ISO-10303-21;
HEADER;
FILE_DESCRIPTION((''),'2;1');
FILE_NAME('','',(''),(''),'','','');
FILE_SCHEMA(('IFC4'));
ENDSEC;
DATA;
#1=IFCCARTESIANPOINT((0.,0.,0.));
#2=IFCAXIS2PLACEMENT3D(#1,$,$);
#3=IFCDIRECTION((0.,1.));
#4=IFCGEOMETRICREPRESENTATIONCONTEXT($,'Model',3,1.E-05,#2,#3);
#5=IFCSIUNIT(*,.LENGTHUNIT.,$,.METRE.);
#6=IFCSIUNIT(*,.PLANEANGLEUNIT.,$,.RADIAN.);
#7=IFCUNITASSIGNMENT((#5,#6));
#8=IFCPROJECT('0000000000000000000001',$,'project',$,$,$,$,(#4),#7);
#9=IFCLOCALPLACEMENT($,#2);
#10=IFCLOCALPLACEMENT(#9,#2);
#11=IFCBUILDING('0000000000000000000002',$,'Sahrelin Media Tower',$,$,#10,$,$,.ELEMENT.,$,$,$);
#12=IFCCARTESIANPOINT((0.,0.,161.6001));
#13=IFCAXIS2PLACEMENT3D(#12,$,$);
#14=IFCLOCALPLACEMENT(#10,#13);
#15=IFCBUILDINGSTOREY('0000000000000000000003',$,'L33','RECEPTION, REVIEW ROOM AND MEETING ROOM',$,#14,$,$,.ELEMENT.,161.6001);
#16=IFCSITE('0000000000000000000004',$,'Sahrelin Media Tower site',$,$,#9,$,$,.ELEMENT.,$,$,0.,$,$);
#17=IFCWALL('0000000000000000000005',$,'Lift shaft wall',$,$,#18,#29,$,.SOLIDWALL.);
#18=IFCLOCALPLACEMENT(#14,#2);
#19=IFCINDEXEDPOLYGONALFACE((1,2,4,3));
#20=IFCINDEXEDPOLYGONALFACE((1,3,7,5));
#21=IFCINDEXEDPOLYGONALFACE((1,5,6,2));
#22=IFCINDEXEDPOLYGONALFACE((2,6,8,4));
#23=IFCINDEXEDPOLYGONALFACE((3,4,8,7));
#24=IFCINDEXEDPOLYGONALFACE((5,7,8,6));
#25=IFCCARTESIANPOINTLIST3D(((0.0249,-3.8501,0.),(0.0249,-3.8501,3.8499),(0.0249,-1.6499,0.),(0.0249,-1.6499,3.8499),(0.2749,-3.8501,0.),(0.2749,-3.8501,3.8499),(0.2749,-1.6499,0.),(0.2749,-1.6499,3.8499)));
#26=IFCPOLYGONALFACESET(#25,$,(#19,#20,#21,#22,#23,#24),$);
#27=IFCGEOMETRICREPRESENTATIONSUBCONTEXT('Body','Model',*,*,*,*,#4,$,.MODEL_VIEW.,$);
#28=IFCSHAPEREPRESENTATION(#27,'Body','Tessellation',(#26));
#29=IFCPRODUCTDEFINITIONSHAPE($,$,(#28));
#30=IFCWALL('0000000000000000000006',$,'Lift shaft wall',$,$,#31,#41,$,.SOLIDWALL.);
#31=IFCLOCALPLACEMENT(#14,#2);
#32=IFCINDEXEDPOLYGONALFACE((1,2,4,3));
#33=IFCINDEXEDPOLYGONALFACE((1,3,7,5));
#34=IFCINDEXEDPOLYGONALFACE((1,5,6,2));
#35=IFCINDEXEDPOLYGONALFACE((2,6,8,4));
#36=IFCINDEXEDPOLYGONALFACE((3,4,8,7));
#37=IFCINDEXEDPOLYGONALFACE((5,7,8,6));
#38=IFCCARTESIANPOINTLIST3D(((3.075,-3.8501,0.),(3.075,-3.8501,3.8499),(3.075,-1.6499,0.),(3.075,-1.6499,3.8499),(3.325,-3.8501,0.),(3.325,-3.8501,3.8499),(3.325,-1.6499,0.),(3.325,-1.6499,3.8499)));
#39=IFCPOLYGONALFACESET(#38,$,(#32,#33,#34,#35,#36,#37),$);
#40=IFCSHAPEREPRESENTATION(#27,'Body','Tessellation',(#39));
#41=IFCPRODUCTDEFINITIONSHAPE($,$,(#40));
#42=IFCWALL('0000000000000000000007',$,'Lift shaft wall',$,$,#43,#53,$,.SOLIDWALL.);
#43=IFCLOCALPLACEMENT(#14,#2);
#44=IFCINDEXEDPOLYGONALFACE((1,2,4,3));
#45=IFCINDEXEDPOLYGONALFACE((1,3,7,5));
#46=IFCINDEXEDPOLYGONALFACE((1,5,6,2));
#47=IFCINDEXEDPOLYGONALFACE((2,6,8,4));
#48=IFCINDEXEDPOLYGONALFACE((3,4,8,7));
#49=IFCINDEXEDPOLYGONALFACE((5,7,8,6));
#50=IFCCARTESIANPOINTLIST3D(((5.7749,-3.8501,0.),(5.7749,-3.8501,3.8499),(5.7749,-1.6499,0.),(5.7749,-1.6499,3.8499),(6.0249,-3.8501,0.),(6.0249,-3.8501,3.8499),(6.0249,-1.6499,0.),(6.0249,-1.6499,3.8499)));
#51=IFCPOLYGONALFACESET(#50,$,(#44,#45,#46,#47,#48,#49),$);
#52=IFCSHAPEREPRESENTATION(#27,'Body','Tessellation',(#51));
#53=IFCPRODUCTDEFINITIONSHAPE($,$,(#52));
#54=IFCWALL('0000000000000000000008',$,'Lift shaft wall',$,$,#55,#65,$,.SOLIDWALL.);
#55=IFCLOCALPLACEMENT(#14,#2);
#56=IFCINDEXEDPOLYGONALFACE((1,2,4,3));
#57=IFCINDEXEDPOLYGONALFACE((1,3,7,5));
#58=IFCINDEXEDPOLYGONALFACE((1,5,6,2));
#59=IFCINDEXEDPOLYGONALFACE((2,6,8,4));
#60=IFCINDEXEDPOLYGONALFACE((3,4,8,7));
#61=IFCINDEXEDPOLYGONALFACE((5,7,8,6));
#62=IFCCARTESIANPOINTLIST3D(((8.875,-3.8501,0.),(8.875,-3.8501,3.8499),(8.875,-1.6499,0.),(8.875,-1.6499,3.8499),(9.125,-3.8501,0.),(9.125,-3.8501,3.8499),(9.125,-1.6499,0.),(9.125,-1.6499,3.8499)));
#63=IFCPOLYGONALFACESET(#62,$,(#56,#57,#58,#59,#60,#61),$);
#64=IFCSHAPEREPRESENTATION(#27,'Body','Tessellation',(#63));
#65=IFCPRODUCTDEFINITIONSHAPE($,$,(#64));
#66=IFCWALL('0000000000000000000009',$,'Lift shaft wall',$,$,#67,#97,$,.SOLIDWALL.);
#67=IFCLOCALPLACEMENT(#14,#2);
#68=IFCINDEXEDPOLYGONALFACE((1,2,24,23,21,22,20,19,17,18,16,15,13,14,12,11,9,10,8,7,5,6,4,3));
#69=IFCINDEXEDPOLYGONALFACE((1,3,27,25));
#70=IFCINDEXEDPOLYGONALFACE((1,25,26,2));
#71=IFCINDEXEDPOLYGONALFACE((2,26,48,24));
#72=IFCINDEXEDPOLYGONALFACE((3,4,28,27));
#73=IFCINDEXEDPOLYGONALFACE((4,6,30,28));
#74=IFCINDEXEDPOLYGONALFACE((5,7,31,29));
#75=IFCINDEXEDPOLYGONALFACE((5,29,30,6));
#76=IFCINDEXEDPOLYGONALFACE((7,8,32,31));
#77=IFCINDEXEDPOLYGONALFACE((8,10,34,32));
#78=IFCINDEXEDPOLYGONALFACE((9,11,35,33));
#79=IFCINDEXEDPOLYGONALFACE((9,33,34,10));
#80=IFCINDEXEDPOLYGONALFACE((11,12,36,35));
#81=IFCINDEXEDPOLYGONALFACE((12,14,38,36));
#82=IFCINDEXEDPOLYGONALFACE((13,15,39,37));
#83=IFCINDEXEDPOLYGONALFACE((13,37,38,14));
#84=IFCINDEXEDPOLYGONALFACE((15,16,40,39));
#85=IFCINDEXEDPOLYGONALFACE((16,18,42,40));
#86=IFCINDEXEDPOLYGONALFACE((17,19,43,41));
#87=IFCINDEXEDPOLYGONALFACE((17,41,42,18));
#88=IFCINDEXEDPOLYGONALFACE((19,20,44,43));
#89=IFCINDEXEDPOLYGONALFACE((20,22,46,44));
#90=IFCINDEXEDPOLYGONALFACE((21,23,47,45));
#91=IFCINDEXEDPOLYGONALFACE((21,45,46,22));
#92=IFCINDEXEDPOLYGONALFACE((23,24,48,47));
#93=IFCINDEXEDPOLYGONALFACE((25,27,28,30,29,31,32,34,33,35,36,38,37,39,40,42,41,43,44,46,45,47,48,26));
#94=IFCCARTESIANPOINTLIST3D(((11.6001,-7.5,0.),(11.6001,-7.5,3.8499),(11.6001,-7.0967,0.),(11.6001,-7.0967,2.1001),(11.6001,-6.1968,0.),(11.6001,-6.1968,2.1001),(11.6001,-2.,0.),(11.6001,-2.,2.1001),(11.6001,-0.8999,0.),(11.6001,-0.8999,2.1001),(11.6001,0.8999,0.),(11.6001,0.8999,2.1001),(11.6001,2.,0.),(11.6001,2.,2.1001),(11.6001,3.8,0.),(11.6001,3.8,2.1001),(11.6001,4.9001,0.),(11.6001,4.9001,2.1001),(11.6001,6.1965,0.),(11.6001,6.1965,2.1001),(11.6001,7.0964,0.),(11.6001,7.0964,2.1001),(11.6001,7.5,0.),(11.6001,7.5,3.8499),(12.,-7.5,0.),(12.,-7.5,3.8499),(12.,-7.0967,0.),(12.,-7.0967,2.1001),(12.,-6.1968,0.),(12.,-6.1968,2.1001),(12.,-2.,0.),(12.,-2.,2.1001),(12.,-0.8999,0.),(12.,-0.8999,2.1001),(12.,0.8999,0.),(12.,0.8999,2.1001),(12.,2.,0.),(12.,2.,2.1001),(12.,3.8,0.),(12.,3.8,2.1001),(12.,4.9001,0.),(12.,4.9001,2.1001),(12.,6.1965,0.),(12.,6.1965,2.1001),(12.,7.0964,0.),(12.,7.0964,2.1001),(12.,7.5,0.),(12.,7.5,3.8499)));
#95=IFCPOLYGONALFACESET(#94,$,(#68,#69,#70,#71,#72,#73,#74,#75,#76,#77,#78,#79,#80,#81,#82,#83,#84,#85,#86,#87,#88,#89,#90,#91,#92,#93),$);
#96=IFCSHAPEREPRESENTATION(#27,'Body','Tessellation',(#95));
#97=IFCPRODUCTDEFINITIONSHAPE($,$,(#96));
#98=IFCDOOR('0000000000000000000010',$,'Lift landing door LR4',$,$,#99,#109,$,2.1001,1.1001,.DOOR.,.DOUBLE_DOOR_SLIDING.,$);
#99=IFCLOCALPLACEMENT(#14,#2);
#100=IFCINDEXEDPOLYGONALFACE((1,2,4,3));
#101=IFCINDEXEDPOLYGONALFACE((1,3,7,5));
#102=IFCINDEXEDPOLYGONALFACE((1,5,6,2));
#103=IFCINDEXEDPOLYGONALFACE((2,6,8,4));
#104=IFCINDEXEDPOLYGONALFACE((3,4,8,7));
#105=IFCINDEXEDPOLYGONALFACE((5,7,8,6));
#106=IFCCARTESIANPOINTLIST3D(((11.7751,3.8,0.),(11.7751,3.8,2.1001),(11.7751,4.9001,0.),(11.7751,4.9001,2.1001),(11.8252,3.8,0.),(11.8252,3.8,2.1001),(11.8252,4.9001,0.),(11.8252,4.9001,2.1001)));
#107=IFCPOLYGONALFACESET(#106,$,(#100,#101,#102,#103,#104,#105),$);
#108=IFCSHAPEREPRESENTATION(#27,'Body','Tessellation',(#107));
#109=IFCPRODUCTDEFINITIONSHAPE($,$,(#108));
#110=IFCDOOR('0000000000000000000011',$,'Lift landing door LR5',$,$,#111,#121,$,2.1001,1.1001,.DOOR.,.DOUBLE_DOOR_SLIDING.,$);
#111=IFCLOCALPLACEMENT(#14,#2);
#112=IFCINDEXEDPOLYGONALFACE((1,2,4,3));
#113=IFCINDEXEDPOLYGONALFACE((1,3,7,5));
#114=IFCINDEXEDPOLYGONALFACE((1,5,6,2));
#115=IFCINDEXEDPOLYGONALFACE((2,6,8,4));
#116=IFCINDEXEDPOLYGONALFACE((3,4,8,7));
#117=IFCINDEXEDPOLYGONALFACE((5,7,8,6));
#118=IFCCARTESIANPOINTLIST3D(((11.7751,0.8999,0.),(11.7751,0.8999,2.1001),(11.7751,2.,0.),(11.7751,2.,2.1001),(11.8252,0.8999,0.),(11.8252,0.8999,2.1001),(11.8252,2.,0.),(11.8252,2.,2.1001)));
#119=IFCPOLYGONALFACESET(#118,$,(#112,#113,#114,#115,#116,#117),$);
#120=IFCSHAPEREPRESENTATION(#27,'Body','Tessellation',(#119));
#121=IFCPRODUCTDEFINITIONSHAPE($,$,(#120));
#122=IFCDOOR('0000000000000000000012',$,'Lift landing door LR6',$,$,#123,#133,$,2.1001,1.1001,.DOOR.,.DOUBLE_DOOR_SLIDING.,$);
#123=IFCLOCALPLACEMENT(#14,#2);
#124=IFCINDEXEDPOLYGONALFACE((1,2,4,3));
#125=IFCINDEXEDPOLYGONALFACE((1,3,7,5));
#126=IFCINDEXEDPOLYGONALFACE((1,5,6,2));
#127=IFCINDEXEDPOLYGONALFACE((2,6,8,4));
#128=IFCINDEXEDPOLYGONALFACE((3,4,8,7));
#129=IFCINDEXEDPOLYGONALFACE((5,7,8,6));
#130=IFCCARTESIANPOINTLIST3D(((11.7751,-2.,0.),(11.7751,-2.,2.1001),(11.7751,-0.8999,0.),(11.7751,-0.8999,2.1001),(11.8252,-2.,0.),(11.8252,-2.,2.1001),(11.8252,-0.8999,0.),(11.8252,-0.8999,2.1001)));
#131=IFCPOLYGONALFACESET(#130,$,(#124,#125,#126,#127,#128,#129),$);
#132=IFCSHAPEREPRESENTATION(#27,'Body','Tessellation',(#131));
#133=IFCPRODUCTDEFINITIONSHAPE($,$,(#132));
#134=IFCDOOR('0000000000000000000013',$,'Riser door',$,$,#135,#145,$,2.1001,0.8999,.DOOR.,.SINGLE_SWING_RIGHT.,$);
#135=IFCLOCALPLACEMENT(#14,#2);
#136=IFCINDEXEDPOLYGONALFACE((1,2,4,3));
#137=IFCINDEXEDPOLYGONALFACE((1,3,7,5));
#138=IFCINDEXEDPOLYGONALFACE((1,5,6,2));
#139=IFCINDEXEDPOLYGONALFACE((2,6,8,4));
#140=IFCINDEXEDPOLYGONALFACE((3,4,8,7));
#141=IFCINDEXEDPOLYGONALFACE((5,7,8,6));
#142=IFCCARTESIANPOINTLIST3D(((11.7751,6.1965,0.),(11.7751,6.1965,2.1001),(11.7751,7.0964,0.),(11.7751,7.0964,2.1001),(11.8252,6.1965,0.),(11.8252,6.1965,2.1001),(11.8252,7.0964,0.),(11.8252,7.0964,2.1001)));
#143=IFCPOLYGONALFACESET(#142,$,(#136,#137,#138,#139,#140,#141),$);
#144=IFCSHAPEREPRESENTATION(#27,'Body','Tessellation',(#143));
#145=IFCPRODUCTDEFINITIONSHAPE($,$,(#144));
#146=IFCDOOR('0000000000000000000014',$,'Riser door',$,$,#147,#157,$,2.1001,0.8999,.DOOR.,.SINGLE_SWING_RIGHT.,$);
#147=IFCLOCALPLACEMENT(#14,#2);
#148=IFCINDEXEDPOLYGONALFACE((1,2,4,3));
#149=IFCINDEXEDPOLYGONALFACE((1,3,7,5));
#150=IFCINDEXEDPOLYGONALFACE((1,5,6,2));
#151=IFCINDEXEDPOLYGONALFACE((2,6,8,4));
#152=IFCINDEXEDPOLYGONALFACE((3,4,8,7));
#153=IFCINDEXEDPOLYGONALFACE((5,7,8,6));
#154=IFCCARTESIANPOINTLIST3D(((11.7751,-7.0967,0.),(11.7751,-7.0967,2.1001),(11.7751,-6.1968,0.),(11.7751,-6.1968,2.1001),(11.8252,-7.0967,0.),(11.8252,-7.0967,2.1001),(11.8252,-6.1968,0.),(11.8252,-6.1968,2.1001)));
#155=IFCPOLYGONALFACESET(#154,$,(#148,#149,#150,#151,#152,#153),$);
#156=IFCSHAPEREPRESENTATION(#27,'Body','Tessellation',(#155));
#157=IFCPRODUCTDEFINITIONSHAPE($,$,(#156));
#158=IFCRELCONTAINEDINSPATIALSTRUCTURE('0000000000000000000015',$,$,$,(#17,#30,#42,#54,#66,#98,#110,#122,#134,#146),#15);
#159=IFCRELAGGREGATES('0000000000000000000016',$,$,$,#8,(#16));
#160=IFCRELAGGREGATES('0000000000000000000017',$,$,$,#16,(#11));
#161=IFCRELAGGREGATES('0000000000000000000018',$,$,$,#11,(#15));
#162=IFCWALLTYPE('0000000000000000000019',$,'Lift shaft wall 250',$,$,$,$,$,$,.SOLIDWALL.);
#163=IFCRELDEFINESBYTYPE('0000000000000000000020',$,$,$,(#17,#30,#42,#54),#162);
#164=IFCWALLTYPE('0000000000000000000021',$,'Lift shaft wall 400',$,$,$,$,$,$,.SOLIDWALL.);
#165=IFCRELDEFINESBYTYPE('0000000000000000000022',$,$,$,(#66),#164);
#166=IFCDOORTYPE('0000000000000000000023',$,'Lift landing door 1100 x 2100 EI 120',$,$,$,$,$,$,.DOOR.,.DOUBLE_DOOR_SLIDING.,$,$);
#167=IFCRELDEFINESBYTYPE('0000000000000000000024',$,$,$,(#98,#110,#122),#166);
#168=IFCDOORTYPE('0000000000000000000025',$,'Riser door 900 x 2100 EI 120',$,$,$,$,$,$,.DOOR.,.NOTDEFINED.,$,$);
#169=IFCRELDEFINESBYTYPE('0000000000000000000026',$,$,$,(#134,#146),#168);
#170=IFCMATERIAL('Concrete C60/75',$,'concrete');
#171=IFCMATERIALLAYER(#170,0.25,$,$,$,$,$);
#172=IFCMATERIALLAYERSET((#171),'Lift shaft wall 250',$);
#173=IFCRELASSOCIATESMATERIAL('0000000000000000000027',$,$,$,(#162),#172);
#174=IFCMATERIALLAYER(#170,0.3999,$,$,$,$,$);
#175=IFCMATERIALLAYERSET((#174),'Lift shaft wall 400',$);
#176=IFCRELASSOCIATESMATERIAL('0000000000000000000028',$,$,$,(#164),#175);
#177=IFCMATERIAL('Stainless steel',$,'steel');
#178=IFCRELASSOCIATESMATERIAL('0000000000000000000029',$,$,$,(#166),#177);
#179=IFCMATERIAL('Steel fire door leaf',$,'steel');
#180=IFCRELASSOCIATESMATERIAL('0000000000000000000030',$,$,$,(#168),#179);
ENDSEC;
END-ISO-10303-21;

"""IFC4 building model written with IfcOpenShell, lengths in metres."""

from ifc_helpers import new_model, si_unit, direction, frame, frame_2d, origin, place, context, subcontext, project, spatial, rectangle, extrude, material, layer, layer_set, type_object, element, fill, save


model = new_model("IFC4")

# Units and contexts
model_context = context("Model", 3, precision=1e-05, world=origin(), true_north=direction((0.0, 1.0)))
body_context = subcontext(model_context, "Body", "Model", "MODEL_VIEW")
ifc_project = project(units=[si_unit("LENGTHUNIT", "METRE"), si_unit("PLANEANGLEUNIT", "RADIAN")], contexts=[model_context])

# Site, building, storey
site_placement = place(None, origin())
site = spatial("IfcSite", under=ifc_project, at=site_placement, Name="Sahrelin Media Tower site", CompositionType="ELEMENT", RefElevation=0.0)
building_placement = place(site_placement, origin())
building = spatial("IfcBuilding", under=site, at=building_placement, Name="Sahrelin Media Tower", CompositionType="ELEMENT")
storey_placement = place(building_placement, frame((0.0, 0.0, 161.6001)))
storey = spatial("IfcBuildingStorey", under=building, at=storey_placement, Name="L33", Description="RECEPTION, REVIEW ROOM AND MEETING ROOM", CompositionType="ELEMENT", Elevation=161.6001)

# Shared definitions
ifc_material_1 = material(Name="Concrete C60/75", Category="concrete")

# Shared definitions
ifc_material_2 = material(Name="Steel fire door leaf", Category="steel")

# Walls
ifc_layer_1 = layer(ifc_material_1, 0.25)
ifc_layer_set_1 = layer_set([ifc_layer_1], Name="Lift shaft wall 250")
wall_type_1 = type_object("IfcWallType", Name="Lift shaft wall 250", PredefinedType="SOLIDWALL", material=ifc_layer_set_1)
for number, where, z_axis, x_axis, name in (
    (1, (0.1499, -3.8501, 0.0), (0.0, 0.0, 1.0), (0.0, 1.0, 0.0), "Lift shaft wall"),
    (2, (3.2, -3.8501, 0.0), (0.0, 0.0, 1.0), (0.0, 1.0, 0.0), "Lift shaft wall"),
    (3, (5.8999, -3.8501, 0.0), (0.0, 0.0, 1.0), (0.0, 1.0, 0.0), "Lift shaft wall"),
    (4, (9.0, -3.8501, 0.0), (0.0, 0.0, 1.0), (0.0, 1.0, 0.0), "Lift shaft wall"),
):
    element("IfcWall", number, at=place(storey_placement, frame(where, z_axis=z_axis, x_axis=x_axis)), inside=storey, type_object=wall_type_1, Name=name, PredefinedType="SOLIDWALL", context=body_context, shape_type="SweptSolid", body=[
        extrude(rectangle(XDim=2.2002, YDim=0.25, at=frame_2d((1.1001, 0.0))), origin(), (0.0, 0.0, 1.0), 3.8499),
    ])

# Wall, openings, doors
ifc_layer_2 = layer(ifc_material_1, 0.3999)
ifc_layer_set_2 = layer_set([ifc_layer_2], Name="Lift shaft wall 400")
wall_type_2 = type_object("IfcWallType", Name="Lift shaft wall 400", PredefinedType="SOLIDWALL", material=ifc_layer_set_2)
wall_1_placement = place(storey_placement, frame((11.8, -7.5, 0.0), z_axis=(0.0, 0.0, 1.0), x_axis=(0.0, 1.0, 0.0)))
wall_1 = element("IfcWall", 5, at=wall_1_placement, inside=storey, type_object=wall_type_2, Name="Lift shaft wall", PredefinedType="SOLIDWALL", context=body_context, shape_type="SweptSolid", body=[
    extrude(rectangle(XDim=15.0, YDim=0.3999, at=frame_2d((7.5, 0.0))), origin(), (0.0, 0.0, 1.0), 3.8499),
])
opening_1_placement = place(wall_1_placement, frame((11.3, 0.0, 0.0)))
opening_1 = element("IfcOpeningElement", 6, at=opening_1_placement, cuts=wall_1, PredefinedType="OPENING", context=body_context, shape_type="SweptSolid", body=[
    extrude(rectangle(XDim=1.1001, YDim=2.1001, at=frame_2d((0.55, 1.05))), frame((0.0, 0.2, 0.0), z_axis=(0.0, -1.0, 0.0), x_axis=(1.0, 0.0, 0.0)), (0.0, 0.0, 1.0), 0.3999),
])
opening_2_placement = place(wall_1_placement, frame((8.3999, 0.0, 0.0)))
opening_2 = element("IfcOpeningElement", 7, at=opening_2_placement, cuts=wall_1, PredefinedType="OPENING", context=body_context, shape_type="SweptSolid", body=[
    extrude(rectangle(XDim=1.1001, YDim=2.1001, at=frame_2d((0.55, 1.05))), frame((0.0, 0.2, 0.0), z_axis=(0.0, -1.0, 0.0), x_axis=(1.0, 0.0, 0.0)), (0.0, 0.0, 1.0), 0.3999),
])
opening_3_placement = place(wall_1_placement, frame((5.5, 0.0, 0.0)))
opening_3 = element("IfcOpeningElement", 8, at=opening_3_placement, cuts=wall_1, PredefinedType="OPENING", context=body_context, shape_type="SweptSolid", body=[
    extrude(rectangle(XDim=1.1001, YDim=2.1001, at=frame_2d((0.55, 1.05))), frame((0.0, 0.2, 0.0), z_axis=(0.0, -1.0, 0.0), x_axis=(1.0, 0.0, 0.0)), (0.0, 0.0, 1.0), 0.3999),
])
opening_4_placement = place(wall_1_placement, frame((13.6965, 0.0, 0.0)))
opening_4 = element("IfcOpeningElement", 9, at=opening_4_placement, cuts=wall_1, PredefinedType="OPENING", context=body_context, shape_type="SweptSolid", body=[
    extrude(rectangle(XDim=0.8999, YDim=2.1001, at=frame_2d((0.45, 1.05))), frame((0.0, 0.2, 0.0), z_axis=(0.0, -1.0, 0.0), x_axis=(1.0, 0.0, 0.0)), (0.0, 0.0, 1.0), 0.3999),
])
opening_5_placement = place(wall_1_placement, frame((0.4033, 0.0, 0.0)))
opening_5 = element("IfcOpeningElement", 10, at=opening_5_placement, cuts=wall_1, PredefinedType="OPENING", context=body_context, shape_type="SweptSolid", body=[
    extrude(rectangle(XDim=0.8999, YDim=2.1001, at=frame_2d((0.45, 1.05))), frame((0.0, 0.2, 0.0), z_axis=(0.0, -1.0, 0.0), x_axis=(1.0, 0.0, 0.0)), (0.0, 0.0, 1.0), 0.3999),
])
ifc_material_3 = material(Name="Stainless steel", Category="steel")
door_type_1 = type_object("IfcDoorType", Name="Lift landing door 1100 x 2100 EI 120", OperationType="DOUBLE_DOOR_SLIDING", PredefinedType="DOOR", material=ifc_material_3)
door_1_placement = place(opening_1_placement, origin())
door_1 = element("IfcDoor", 11, at=door_1_placement, inside=storey, type_object=door_type_1, Name="Lift landing door LR4", OperationType="DOUBLE_DOOR_SLIDING", OverallHeight=2.1001, OverallWidth=1.1001, PredefinedType="DOOR", context=body_context, shape_type="SweptSolid", body=[
    extrude(rectangle(XDim=1.1001, YDim=2.1001, at=frame_2d((0.55, 1.05))), frame((0.0, 0.0249, 0.0), z_axis=(0.0, -1.0, 0.0), x_axis=(1.0, 0.0, 0.0)), (0.0, 0.0, 1.0), 0.05),
])
fill(opening_1, door_1)
door_2_placement = place(opening_2_placement, origin())
door_2 = element("IfcDoor", 12, at=door_2_placement, inside=storey, type_object=door_type_1, Name="Lift landing door LR5", OperationType="DOUBLE_DOOR_SLIDING", OverallHeight=2.1001, OverallWidth=1.1001, PredefinedType="DOOR", context=body_context, shape_type="SweptSolid", body=[
    extrude(rectangle(XDim=1.1001, YDim=2.1001, at=frame_2d((0.55, 1.05))), frame((0.0, 0.0249, 0.0), z_axis=(0.0, -1.0, 0.0), x_axis=(1.0, 0.0, 0.0)), (0.0, 0.0, 1.0), 0.05),
])
fill(opening_2, door_2)
door_3_placement = place(opening_3_placement, origin())
door_3 = element("IfcDoor", 13, at=door_3_placement, inside=storey, type_object=door_type_1, Name="Lift landing door LR6", OperationType="DOUBLE_DOOR_SLIDING", OverallHeight=2.1001, OverallWidth=1.1001, PredefinedType="DOOR", context=body_context, shape_type="SweptSolid", body=[
    extrude(rectangle(XDim=1.1001, YDim=2.1001, at=frame_2d((0.55, 1.05))), frame((0.0, 0.0249, 0.0), z_axis=(0.0, -1.0, 0.0), x_axis=(1.0, 0.0, 0.0)), (0.0, 0.0, 1.0), 0.05),
])
fill(opening_3, door_3)
door_type_2 = type_object("IfcDoorType", Name="Riser door 900 x 2100 EI 120", OperationType="NOTDEFINED", PredefinedType="DOOR", material=ifc_material_2)
door_4_placement = place(opening_4_placement, origin())
door_4 = element("IfcDoor", 14, at=door_4_placement, inside=storey, type_object=door_type_2, Name="Riser door", OperationType="SINGLE_SWING_RIGHT", OverallHeight=2.1001, OverallWidth=0.8999, PredefinedType="DOOR", context=body_context, shape_type="SweptSolid", body=[
    extrude(rectangle(XDim=0.8999, YDim=2.1001, at=frame_2d((0.45, 1.05))), frame((0.0, 0.0249, 0.0), z_axis=(0.0, -1.0, 0.0), x_axis=(1.0, 0.0, 0.0)), (0.0, 0.0, 1.0), 0.05),
])
fill(opening_4, door_4)
door_5_placement = place(opening_5_placement, origin())
door_5 = element("IfcDoor", 15, at=door_5_placement, inside=storey, type_object=door_type_2, Name="Riser door", OperationType="SINGLE_SWING_RIGHT", OverallHeight=2.1001, OverallWidth=0.8999, PredefinedType="DOOR", context=body_context, shape_type="SweptSolid", body=[
    extrude(rectangle(XDim=0.8999, YDim=2.1001, at=frame_2d((0.45, 1.05))), frame((0.0, 0.0249, 0.0), z_axis=(0.0, -1.0, 0.0), x_axis=(1.0, 0.0, 0.0)), (0.0, 0.0, 1.0), 0.05),
])
fill(opening_5, door_5)

save(model, "model.ifc")
